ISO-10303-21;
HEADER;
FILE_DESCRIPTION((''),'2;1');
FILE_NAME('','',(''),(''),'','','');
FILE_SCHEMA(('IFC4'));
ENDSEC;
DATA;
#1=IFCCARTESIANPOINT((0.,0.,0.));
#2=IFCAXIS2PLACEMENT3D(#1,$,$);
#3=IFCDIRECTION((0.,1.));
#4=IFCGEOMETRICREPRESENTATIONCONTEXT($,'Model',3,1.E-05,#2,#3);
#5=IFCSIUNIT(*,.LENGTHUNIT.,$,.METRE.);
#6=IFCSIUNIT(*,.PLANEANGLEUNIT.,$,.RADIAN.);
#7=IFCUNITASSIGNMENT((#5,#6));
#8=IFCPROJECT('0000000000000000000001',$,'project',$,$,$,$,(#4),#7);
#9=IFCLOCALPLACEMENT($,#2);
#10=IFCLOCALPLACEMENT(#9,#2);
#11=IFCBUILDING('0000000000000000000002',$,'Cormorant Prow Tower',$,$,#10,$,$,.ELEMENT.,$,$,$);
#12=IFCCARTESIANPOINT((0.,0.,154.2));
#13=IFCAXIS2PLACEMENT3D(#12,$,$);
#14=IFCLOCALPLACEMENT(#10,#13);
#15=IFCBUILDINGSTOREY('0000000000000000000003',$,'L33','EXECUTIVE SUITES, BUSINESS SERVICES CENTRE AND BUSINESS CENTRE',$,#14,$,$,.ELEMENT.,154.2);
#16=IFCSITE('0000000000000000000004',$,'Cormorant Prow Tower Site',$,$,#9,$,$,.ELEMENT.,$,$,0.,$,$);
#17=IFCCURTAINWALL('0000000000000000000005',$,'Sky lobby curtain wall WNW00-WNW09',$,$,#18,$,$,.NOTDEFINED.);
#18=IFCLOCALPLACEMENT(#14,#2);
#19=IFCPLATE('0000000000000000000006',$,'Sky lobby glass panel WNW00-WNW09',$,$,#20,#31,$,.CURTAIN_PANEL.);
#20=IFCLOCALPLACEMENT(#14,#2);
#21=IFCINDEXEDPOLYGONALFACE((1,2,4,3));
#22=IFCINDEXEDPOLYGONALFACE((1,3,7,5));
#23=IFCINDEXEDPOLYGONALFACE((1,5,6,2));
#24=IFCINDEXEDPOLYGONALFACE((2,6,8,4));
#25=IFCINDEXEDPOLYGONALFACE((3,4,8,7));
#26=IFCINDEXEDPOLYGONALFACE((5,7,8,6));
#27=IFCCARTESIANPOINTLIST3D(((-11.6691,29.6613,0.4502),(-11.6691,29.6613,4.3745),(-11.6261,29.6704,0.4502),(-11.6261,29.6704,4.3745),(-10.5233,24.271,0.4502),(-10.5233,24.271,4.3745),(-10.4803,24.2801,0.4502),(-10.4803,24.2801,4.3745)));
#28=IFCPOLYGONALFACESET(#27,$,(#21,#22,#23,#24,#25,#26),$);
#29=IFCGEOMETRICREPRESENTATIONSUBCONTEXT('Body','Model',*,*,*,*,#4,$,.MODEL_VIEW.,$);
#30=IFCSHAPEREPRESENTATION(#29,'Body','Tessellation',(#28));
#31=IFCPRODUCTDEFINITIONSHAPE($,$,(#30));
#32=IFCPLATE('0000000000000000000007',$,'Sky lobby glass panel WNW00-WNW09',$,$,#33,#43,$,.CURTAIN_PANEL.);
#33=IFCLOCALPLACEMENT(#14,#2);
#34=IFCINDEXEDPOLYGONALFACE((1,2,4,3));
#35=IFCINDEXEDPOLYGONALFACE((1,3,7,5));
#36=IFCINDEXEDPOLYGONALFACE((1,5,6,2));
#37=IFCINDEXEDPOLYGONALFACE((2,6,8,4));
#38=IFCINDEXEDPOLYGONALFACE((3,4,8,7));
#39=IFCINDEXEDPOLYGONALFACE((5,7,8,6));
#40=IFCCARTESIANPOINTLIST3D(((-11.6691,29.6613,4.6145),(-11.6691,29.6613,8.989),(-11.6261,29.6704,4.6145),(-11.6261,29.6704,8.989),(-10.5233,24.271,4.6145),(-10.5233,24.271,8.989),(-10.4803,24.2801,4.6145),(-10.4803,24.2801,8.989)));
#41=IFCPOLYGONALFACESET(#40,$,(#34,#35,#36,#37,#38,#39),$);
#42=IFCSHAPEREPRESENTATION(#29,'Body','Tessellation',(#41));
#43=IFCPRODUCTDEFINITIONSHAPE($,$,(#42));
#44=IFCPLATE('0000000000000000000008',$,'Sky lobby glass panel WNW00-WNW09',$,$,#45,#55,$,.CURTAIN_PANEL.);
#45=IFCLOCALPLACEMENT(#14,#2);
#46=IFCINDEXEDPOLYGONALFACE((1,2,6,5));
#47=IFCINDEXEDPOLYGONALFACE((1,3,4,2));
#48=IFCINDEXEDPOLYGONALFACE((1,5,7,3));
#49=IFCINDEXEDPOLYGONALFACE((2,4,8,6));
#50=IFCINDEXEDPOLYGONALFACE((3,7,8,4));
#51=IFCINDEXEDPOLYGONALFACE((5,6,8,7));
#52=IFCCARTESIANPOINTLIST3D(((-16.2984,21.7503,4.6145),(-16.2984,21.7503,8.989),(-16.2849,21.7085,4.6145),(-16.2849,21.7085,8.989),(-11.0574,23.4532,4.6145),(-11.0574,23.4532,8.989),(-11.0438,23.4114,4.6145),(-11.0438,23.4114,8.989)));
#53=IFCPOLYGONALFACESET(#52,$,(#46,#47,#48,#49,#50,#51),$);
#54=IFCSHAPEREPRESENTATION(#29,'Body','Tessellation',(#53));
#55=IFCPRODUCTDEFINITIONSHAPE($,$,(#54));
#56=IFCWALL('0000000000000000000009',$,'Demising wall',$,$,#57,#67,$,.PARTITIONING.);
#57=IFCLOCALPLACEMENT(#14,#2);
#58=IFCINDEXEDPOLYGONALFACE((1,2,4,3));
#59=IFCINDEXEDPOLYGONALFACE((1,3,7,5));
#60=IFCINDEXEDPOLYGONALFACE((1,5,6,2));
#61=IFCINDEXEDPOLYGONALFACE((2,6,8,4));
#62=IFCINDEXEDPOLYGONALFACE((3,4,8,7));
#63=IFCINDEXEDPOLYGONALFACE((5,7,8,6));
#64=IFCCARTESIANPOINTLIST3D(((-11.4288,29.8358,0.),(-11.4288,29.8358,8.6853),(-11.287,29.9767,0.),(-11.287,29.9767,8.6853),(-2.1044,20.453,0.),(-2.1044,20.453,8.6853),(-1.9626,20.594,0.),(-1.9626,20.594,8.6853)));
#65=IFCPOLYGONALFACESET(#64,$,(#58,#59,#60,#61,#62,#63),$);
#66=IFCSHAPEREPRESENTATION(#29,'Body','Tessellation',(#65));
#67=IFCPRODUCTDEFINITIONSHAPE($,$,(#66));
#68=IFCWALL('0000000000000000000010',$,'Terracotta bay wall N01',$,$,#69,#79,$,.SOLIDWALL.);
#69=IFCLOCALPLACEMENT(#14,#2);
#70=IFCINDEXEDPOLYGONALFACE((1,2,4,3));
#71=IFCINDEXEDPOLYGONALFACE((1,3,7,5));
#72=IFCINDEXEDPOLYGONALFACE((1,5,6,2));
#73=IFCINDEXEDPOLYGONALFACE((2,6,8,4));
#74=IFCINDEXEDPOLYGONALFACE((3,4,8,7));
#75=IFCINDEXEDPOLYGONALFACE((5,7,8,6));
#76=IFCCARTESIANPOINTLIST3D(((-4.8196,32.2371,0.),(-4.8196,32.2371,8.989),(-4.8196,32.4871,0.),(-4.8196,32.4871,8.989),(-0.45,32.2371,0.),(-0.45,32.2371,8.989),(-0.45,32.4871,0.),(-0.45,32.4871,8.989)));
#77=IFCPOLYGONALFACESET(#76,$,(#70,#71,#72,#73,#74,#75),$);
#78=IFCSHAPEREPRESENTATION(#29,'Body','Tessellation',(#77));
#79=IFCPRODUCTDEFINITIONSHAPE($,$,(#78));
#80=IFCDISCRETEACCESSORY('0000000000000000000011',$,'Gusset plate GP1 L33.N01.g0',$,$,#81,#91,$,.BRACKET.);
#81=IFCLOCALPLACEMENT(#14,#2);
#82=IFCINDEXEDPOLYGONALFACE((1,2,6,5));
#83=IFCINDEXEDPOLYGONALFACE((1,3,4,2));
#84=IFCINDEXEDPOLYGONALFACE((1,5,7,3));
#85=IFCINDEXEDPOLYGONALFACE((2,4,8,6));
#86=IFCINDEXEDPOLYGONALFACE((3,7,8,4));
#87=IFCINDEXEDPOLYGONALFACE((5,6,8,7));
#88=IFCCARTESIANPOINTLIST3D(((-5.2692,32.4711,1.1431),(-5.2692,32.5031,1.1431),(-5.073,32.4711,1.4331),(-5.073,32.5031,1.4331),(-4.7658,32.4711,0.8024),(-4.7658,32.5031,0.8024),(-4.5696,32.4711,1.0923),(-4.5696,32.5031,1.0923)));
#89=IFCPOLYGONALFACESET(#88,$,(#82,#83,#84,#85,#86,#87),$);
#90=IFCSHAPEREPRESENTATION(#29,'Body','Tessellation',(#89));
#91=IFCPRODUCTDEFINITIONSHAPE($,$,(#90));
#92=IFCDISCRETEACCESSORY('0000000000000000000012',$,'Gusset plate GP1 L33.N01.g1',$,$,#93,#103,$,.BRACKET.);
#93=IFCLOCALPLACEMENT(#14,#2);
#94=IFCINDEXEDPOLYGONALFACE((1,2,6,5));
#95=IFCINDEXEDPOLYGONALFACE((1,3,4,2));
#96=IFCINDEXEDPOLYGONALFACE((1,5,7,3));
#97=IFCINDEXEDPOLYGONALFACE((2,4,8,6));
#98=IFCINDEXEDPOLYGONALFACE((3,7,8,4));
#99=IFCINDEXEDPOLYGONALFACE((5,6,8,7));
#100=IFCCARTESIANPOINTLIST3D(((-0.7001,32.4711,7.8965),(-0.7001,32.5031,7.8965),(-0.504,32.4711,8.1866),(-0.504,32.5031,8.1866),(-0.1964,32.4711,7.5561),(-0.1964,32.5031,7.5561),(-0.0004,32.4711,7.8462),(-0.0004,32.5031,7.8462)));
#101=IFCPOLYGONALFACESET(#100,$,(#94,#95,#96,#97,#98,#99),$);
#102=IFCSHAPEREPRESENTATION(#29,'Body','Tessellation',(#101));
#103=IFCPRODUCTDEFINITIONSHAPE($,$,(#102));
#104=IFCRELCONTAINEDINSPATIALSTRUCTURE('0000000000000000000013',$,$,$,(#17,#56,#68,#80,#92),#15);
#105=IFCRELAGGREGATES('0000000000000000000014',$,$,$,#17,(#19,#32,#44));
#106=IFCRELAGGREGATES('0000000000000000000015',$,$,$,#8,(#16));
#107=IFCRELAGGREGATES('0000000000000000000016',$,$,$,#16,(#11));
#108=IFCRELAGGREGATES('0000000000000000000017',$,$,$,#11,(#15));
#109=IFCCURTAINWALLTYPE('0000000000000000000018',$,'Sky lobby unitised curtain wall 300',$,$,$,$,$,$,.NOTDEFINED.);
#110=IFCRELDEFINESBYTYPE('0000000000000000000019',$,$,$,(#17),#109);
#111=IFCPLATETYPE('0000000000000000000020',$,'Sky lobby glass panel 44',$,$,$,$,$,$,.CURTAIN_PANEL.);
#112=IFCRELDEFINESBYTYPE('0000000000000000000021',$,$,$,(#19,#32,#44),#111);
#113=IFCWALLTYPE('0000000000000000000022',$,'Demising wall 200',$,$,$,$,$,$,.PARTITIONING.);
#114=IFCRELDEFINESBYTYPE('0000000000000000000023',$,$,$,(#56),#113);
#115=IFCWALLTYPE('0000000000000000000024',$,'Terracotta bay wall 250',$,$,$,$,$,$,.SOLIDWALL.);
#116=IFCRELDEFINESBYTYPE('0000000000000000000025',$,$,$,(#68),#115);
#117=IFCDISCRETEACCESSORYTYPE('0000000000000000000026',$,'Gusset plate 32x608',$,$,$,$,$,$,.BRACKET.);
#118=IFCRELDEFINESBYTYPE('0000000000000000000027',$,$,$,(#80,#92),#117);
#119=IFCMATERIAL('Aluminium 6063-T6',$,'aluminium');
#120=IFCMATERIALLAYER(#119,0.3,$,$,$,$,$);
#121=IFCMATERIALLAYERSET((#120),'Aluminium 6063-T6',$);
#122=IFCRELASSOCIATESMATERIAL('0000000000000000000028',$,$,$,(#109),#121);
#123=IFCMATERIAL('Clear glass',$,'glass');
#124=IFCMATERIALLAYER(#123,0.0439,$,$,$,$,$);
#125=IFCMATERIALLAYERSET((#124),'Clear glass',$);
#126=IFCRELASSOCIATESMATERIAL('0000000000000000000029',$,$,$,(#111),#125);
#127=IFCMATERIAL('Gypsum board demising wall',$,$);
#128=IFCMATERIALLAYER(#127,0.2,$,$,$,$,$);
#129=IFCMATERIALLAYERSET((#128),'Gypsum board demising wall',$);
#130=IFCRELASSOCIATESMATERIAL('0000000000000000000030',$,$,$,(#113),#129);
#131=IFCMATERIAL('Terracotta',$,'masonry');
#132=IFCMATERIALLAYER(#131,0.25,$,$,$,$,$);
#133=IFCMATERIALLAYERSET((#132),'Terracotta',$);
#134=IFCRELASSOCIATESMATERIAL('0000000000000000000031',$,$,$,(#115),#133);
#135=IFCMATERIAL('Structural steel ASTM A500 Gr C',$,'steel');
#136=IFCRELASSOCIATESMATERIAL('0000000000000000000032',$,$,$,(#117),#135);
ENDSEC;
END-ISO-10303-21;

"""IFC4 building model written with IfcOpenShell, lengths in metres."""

from ifc_helpers import new_model, si_unit, direction, frame, frame_2d, origin, origin_2d, place, context, subcontext, project, spatial, rectangle, extrude, material, layer, layer_set, material_profile, profile_set, type_object, element, aggregate, save


model = new_model("IFC4")

# Units and contexts
model_context = context("Model", 3, precision=1e-05, world=origin(), true_north=direction((0.0, 1.0)))
body_context = subcontext(model_context, "Body", "Model", "MODEL_VIEW")
ifc_project = project(units=[si_unit("LENGTHUNIT", "METRE"), si_unit("PLANEANGLEUNIT", "RADIAN")], contexts=[model_context])

# Site, building, storey
site_placement = place(None, origin())
site = spatial("IfcSite", under=ifc_project, at=site_placement, Name="Cormorant Prow Tower Site", CompositionType="ELEMENT", RefElevation=0.0)
building_placement = place(site_placement, origin())
building = spatial("IfcBuilding", under=site, at=building_placement, Name="Cormorant Prow Tower", CompositionType="ELEMENT")
storey_placement = place(building_placement, frame((0.0, 0.0, 154.2)))
storey = spatial("IfcBuildingStorey", under=building, at=storey_placement, Name="L33", Description="EXECUTIVE SUITES, BUSINESS SERVICES CENTRE AND BUSINESS CENTRE", CompositionType="ELEMENT", Elevation=154.2)

# Curtain wall
ifc_material_1 = material(Name="Aluminium 6063-T6", Category="aluminium")
ifc_layer_1 = layer(ifc_material_1, 0.3)
ifc_layer_set_1 = layer_set([ifc_layer_1], Name="Aluminium 6063-T6")
curtain_wall_type = type_object("IfcCurtainWallType", Name="Sky lobby unitised curtain wall 300", PredefinedType="NOTDEFINED", material=ifc_layer_set_1)
curtain_wall_placement = place(storey_placement, origin())
curtain_wall = element("IfcCurtainWall", 1, at=curtain_wall_placement, inside=storey, type_object=curtain_wall_type, Name="Sky lobby curtain wall WNW00-WNW09", PredefinedType="NOTDEFINED")

# Plates
ifc_material_2 = material(Name="Clear glass", Category="glass")
ifc_layer_2 = layer(ifc_material_2, 0.0439)
ifc_layer_set_2 = layer_set([ifc_layer_2], Name="Clear glass")
plate_type = type_object("IfcPlateType", Name="Sky lobby glass panel 44", PredefinedType="CURTAIN_PANEL", material=ifc_layer_set_2)
plate_1_placement = place(storey_placement, frame((-11.0747, 26.9707, 0.4502), z_axis=(0.0, 0.0, 1.0), x_axis=(0.207912, -0.978148, 0.0)))
plate_1 = element("IfcPlate", 2, at=plate_1_placement, type_object=plate_type, Name="Sky lobby glass panel WNW00-WNW09", PredefinedType="CURTAIN_PANEL", context=body_context, shape_type="SweptSolid", body=[
    extrude(rectangle(XDim=5.5107, YDim=0.0439, at=origin_2d()), origin(), (0.0, 0.0, 1.0), 3.9243),
])
plate_2_placement = place(storey_placement, frame((-11.0747, 26.9707, 4.6145), z_axis=(0.0, 0.0, 1.0), x_axis=(0.207912, -0.978148, 0.0)))
plate_2 = element("IfcPlate", 3, at=plate_2_placement, type_object=plate_type, Name="Sky lobby glass panel WNW00-WNW09", PredefinedType="CURTAIN_PANEL", context=body_context, shape_type="SweptSolid", body=[
    extrude(rectangle(XDim=5.5107, YDim=0.0439, at=origin_2d()), origin(), (0.0, 0.0, 1.0), 4.3745),
])
plate_3_placement = place(storey_placement, frame((-13.6711, 22.5808, 4.6145), z_axis=(0.0, 0.0, 1.0), x_axis=(-0.951056, -0.309017, 0.0)))
plate_3 = element("IfcPlate", 4, at=plate_3_placement, type_object=plate_type, Name="Sky lobby glass panel WNW00-WNW09", PredefinedType="CURTAIN_PANEL", context=body_context, shape_type="SweptSolid", body=[
    extrude(rectangle(XDim=5.5107, YDim=0.0439, at=origin_2d()), origin(), (0.0, 0.0, 1.0), 4.3745),
])
aggregate(curtain_wall, [plate_1, plate_2, plate_3])

# Walls
ifc_material_3 = material(Name="Gypsum board demising wall")
ifc_layer_3 = layer(ifc_material_3, 0.2)
ifc_layer_set_3 = layer_set([ifc_layer_3], Name="Gypsum board demising wall")
wall_type_1 = type_object("IfcWallType", Name="Demising wall 200", PredefinedType="PARTITIONING", material=ifc_layer_set_3)
wall_1_placement = place(storey_placement, frame((-11.3579, 29.9062, 0.0), z_axis=(0.0, 0.0, 1.0), x_axis=(0.704898, -0.709309, 0.0)))
element("IfcWall", 5, at=wall_1_placement, inside=storey, type_object=wall_type_1, Name="Demising wall", PredefinedType="PARTITIONING", context=body_context, shape_type="SweptSolid", body=[
    extrude(rectangle(XDim=13.228, YDim=0.2, at=frame_2d((6.614, 0.0))), origin(), (0.0, 0.0, 1.0), 8.6853),
])
ifc_material_4 = material(Name="Terracotta", Category="masonry")
ifc_layer_4 = layer(ifc_material_4, 0.25)
ifc_layer_set_4 = layer_set([ifc_layer_4], Name="Terracotta")
wall_type_2 = type_object("IfcWallType", Name="Terracotta bay wall 250", PredefinedType="SOLIDWALL", material=ifc_layer_set_4)
wall_2_placement = place(storey_placement, frame((-0.45, 32.3621, 0.0), z_axis=(0.0, 0.0, 1.0), x_axis=(-1.0, 0.0, 0.0)))
element("IfcWall", 6, at=wall_2_placement, inside=storey, type_object=wall_type_2, Name="Terracotta bay wall N01", PredefinedType="SOLIDWALL", context=body_context, shape_type="SweptSolid", body=[
    extrude(rectangle(XDim=4.3696, YDim=0.25, at=frame_2d((2.1848, 0.0))), origin(), (0.0, 0.0, 1.0), 8.989),
])

# Discrete accessories
ifc_material_5 = material(Name="Structural steel ASTM A500 Gr C", Category="steel")
ifc_material_profile_1 = material_profile(ifc_material_5, rectangle(XDim=0.032, YDim=0.6079, at=origin_2d()), Name="Gusset plate 32x608")
ifc_profile_set_1 = profile_set([ifc_material_profile_1], Name="Structural steel ASTM A500 Gr C")
discrete_accessory_type = type_object("IfcDiscreteAccessoryType", Name="Gusset plate 32x608", PredefinedType="BRACKET", material=ifc_profile_set_1)
for number, where, z_axis, x_axis, name in (
    (7, (-4.8213, 32.4871, 1.2627), (-0.560478, 0.0, -0.828169), (0.0, -1.0, 0.0), "Gusset plate GP1 L33.N01.g0"),
    (8, (-0.4482, 32.4871, 7.7263), (0.56, 0.0, 0.828493), (0.0, 1.0, 0.0), "Gusset plate GP1 L33.N01.g1"),
):
    element("IfcDiscreteAccessory", number, at=place(storey_placement, frame(where, z_axis=z_axis, x_axis=x_axis)), inside=storey, type_object=discrete_accessory_type, Name=name, PredefinedType="BRACKET", context=body_context, shape_type="SweptSolid", body=[
        extrude(rectangle(XDim=0.032, YDim=0.6079, at=origin_2d()), origin(), (0.0, 0.0, 1.0), 0.3501),
    ])

save(model, "model.ifc")
